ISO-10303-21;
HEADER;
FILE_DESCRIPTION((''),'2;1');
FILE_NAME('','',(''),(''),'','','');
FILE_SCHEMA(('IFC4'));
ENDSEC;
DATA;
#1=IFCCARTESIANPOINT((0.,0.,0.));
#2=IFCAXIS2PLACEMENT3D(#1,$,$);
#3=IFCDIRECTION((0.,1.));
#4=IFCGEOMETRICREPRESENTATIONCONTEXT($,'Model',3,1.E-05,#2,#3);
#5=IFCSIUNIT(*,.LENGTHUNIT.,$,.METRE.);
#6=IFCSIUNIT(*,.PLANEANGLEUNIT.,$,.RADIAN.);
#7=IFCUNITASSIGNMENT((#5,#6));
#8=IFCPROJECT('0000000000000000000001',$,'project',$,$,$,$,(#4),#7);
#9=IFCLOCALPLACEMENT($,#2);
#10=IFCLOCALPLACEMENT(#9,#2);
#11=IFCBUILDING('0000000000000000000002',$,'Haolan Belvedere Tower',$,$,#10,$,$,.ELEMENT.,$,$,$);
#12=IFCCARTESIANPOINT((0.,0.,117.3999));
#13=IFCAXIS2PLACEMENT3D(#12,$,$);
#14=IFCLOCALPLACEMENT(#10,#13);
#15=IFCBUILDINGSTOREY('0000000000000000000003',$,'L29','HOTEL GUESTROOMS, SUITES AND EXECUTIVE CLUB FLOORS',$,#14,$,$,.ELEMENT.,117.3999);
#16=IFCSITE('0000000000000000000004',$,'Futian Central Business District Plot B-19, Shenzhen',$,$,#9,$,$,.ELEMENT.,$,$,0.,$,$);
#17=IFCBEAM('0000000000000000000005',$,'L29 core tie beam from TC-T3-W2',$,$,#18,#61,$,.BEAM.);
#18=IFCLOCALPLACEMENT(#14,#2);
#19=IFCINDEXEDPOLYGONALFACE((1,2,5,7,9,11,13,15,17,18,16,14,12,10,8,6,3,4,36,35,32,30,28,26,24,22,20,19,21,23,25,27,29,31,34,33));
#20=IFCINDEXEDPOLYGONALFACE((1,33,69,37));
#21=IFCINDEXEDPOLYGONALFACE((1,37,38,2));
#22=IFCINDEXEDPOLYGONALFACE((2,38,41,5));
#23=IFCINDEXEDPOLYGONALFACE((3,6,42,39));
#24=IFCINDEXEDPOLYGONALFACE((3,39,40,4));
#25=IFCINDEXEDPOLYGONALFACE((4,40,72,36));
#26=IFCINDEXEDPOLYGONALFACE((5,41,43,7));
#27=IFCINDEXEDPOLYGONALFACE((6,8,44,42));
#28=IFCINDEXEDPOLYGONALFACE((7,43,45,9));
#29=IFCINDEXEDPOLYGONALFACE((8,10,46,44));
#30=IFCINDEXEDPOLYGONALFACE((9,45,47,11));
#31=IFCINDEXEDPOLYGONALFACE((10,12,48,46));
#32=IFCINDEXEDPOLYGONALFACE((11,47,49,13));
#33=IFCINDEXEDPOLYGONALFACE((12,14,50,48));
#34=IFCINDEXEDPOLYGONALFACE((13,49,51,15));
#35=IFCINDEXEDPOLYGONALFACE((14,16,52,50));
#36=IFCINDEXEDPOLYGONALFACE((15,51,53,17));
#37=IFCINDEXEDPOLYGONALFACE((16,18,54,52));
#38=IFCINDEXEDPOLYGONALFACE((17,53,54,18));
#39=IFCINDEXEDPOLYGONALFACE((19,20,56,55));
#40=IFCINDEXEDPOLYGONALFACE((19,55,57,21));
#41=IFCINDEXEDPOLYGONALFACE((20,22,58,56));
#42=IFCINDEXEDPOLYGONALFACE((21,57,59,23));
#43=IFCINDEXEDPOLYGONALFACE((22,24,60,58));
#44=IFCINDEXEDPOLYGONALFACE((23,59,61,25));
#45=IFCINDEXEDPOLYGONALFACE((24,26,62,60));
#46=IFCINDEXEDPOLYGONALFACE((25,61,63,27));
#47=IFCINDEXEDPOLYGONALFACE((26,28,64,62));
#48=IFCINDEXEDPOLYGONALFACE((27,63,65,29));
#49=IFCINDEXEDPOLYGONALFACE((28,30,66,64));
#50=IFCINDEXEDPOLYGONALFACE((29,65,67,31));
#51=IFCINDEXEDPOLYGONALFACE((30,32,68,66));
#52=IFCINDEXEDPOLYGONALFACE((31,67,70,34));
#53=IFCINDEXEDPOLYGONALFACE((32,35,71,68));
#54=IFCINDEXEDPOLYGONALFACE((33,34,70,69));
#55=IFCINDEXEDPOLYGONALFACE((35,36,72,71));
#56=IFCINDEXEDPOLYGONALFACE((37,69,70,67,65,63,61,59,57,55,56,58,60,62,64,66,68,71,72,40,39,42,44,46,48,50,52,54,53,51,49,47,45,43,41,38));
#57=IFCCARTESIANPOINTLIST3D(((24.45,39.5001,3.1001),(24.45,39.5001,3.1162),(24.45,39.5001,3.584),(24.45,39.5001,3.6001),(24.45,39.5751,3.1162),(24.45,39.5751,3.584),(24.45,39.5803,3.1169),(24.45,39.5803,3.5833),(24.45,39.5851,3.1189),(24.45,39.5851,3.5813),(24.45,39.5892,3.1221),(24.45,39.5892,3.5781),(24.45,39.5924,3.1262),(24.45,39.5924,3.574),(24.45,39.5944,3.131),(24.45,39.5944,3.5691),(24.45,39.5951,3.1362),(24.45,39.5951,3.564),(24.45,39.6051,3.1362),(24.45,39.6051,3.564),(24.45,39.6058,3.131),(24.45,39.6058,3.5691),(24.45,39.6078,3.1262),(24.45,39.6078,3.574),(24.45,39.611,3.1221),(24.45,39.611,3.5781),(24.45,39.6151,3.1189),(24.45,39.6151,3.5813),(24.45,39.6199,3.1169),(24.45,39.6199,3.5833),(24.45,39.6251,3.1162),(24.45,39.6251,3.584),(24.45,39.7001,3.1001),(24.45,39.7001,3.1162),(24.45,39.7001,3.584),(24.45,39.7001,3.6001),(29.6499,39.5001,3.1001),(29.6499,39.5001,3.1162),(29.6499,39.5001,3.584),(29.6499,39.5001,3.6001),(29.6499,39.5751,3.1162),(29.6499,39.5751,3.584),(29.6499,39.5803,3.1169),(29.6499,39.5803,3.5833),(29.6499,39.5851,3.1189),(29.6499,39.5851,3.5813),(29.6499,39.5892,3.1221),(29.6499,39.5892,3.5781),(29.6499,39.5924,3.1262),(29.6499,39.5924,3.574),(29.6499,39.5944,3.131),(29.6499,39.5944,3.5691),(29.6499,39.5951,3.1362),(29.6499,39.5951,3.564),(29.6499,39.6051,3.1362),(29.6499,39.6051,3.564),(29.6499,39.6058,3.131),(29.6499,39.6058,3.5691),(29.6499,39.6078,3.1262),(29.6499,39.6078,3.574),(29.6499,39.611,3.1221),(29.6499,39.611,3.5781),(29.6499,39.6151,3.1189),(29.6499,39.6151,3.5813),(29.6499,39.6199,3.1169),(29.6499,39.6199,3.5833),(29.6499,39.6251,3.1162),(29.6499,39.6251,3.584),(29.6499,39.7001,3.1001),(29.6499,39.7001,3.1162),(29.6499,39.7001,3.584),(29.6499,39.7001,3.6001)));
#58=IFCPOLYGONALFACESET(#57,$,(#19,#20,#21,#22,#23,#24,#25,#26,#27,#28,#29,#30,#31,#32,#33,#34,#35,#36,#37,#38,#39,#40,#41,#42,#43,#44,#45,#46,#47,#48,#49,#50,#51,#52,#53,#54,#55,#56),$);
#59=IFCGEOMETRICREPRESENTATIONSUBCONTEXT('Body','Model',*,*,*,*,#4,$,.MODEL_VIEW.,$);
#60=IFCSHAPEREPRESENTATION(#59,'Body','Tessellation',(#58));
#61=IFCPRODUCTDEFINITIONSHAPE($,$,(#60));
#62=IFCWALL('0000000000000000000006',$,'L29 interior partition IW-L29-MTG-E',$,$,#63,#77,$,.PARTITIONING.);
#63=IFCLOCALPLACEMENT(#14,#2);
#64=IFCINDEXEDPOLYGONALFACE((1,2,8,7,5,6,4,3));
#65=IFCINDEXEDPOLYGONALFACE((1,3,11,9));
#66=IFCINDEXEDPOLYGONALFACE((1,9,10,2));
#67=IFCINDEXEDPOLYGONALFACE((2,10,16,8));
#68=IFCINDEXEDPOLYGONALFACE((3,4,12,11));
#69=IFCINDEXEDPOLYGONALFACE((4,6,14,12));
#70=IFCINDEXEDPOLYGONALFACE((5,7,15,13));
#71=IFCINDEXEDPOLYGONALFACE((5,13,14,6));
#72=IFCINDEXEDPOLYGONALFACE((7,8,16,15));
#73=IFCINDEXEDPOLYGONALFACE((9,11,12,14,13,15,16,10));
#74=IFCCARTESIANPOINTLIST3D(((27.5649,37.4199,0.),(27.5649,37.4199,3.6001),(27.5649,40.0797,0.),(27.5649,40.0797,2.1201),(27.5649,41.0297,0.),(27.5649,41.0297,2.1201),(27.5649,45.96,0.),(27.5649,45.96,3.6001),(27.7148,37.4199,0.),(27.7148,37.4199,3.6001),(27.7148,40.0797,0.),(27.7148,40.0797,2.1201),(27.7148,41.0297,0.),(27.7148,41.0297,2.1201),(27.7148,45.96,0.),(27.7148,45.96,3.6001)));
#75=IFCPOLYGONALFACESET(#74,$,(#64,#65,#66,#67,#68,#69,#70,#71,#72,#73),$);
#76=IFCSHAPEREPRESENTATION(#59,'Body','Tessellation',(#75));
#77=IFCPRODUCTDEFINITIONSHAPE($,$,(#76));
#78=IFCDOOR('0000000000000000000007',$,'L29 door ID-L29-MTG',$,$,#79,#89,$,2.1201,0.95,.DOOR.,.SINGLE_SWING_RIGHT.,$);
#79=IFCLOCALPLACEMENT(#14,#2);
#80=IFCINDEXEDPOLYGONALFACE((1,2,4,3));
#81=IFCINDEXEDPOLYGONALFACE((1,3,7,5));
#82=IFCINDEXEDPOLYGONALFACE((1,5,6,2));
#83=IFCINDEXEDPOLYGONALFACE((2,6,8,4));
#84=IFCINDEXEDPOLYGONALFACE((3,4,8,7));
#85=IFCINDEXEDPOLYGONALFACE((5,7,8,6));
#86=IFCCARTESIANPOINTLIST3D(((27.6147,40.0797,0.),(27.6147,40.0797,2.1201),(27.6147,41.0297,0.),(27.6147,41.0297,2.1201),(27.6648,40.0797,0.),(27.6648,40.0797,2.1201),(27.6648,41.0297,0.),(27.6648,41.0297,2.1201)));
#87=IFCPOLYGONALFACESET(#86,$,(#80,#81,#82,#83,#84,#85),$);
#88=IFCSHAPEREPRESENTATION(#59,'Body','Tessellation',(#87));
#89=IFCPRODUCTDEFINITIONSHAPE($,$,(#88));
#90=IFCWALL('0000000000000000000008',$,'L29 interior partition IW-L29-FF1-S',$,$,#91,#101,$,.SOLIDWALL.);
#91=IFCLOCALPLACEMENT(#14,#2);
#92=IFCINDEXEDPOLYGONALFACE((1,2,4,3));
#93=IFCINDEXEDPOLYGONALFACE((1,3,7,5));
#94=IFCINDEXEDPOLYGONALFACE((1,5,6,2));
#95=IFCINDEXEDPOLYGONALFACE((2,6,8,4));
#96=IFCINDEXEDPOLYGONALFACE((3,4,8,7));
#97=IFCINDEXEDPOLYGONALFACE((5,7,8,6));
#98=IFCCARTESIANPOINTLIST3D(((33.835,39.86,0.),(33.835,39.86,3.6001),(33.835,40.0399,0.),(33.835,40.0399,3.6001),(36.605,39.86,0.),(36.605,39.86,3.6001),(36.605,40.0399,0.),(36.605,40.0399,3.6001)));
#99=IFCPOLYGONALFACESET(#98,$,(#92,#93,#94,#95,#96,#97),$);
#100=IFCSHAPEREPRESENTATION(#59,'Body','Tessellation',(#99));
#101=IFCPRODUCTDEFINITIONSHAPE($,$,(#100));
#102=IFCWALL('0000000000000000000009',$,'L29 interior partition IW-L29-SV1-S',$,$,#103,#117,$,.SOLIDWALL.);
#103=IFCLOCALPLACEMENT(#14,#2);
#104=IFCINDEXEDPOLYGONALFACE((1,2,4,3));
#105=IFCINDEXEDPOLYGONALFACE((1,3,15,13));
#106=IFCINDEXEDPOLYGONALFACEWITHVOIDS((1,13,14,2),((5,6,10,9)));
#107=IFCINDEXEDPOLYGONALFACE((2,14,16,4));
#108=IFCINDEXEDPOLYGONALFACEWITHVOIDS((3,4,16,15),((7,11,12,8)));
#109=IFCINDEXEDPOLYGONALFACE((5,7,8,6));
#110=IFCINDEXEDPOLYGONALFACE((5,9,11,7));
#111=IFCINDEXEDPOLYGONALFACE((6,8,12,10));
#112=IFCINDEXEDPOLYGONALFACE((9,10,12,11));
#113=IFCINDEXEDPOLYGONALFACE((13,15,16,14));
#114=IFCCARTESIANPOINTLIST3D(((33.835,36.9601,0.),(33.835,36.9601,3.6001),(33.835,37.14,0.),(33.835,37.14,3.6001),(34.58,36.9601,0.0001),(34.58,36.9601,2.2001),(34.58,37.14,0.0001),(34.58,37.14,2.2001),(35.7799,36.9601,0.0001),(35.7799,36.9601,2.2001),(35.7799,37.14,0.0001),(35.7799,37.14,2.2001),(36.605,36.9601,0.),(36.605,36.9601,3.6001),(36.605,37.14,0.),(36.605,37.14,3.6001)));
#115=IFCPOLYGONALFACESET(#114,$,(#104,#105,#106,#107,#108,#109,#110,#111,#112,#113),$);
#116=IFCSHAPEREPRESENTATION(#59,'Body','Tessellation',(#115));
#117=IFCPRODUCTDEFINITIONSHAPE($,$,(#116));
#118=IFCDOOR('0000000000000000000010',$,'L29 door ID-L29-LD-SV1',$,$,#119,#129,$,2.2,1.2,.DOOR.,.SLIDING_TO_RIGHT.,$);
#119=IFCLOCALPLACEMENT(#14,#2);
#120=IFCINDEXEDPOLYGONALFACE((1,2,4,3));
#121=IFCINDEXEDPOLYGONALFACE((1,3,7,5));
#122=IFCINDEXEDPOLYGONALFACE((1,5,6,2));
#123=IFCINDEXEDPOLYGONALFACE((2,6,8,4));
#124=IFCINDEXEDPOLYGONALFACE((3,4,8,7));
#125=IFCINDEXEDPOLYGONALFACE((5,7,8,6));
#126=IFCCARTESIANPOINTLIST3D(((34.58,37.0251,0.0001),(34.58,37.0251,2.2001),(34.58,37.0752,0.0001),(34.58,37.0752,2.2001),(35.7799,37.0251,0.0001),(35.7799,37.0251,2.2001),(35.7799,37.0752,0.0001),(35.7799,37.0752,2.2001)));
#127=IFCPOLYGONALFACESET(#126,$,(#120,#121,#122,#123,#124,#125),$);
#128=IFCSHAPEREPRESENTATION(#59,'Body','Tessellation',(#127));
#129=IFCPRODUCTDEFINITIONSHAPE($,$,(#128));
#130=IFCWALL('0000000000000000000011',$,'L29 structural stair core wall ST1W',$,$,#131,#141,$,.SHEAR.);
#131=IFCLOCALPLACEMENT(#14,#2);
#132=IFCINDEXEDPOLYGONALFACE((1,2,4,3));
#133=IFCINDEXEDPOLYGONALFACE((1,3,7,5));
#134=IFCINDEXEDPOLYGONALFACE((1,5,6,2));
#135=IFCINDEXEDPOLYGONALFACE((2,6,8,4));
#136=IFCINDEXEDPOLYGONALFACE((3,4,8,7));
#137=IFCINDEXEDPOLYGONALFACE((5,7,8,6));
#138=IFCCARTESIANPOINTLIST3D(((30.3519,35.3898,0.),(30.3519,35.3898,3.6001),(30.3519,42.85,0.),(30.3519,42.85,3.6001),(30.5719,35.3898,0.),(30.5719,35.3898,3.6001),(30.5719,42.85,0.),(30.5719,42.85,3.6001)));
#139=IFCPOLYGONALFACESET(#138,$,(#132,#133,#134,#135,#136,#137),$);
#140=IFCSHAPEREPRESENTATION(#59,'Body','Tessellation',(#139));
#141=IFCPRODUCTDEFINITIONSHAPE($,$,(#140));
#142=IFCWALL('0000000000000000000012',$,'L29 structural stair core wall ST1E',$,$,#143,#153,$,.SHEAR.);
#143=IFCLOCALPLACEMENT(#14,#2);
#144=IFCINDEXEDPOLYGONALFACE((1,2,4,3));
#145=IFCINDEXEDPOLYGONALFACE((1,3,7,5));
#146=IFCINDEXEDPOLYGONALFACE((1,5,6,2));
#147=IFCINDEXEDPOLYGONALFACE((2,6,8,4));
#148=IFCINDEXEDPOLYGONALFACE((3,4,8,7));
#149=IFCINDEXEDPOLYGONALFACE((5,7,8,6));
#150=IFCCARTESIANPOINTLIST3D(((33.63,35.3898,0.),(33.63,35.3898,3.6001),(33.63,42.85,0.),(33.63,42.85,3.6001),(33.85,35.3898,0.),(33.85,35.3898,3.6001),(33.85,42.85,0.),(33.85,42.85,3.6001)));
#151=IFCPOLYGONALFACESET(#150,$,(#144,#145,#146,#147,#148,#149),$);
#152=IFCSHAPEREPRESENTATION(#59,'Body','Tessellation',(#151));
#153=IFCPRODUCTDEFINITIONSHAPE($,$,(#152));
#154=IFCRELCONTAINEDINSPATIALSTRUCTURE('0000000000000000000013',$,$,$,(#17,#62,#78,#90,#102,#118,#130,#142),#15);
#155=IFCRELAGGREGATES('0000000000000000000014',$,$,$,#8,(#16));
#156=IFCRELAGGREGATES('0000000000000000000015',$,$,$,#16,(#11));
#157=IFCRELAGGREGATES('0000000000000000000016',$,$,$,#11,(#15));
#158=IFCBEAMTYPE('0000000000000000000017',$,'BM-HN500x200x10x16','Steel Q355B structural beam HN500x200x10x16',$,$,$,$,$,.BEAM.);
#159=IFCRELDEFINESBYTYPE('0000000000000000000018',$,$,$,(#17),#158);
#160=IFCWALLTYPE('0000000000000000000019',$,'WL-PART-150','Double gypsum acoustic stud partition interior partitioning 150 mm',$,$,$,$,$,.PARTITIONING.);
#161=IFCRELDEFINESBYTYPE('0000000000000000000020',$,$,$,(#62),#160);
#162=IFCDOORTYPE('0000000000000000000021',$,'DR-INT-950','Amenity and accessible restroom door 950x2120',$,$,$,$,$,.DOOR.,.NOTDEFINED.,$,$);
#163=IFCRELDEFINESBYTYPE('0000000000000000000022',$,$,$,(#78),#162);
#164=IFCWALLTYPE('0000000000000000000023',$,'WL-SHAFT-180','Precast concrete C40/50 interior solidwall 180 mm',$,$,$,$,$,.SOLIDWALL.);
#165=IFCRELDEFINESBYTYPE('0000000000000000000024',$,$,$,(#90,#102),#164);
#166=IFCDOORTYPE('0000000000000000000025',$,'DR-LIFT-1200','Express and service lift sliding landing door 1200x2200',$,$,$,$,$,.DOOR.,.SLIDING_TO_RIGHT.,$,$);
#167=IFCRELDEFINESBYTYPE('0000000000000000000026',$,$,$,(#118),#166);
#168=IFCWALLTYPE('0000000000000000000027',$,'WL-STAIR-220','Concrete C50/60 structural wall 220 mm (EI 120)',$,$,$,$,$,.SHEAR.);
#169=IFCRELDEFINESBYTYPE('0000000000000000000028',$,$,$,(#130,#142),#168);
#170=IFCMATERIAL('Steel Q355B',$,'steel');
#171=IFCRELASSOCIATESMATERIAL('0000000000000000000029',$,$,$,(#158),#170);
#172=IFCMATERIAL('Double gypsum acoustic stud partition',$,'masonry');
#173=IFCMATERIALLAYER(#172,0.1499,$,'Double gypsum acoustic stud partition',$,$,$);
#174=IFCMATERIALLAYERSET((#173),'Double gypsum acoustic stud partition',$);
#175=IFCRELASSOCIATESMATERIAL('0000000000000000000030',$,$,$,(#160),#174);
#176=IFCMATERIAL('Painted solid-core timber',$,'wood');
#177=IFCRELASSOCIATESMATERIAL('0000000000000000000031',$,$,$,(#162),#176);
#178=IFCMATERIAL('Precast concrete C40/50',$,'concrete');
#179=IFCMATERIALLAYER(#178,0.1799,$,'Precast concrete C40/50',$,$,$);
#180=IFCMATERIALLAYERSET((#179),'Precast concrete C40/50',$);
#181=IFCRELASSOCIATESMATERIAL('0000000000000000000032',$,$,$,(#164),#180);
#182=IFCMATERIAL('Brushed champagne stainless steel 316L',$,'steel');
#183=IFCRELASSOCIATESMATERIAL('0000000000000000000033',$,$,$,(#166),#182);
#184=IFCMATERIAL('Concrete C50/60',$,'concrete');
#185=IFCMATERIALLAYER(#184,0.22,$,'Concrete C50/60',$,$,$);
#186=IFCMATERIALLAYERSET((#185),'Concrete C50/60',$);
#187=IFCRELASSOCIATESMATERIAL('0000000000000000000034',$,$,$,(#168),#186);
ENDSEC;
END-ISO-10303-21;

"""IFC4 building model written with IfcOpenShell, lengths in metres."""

from ifc_helpers import new_model, si_unit, direction, frame, frame_2d, origin, origin_2d, place, context, subcontext, project, spatial, rectangle, i_section, extrude, material, layer, layer_set, material_profile, profile_set, type_object, element, fill, save


model = new_model("IFC4")

# Units and contexts
model_context = context("Model", 3, precision=1e-05, world=origin(), true_north=direction((0.0, 1.0)))
body_context = subcontext(model_context, "Body", "Model", "MODEL_VIEW")
ifc_project = project(units=[si_unit("LENGTHUNIT", "METRE"), si_unit("PLANEANGLEUNIT", "RADIAN")], contexts=[model_context])

# Site, building, storey
site_placement = place(None, origin())
site = spatial("IfcSite", under=ifc_project, at=site_placement, Name="Futian Central Business District Plot B-19, Shenzhen", CompositionType="ELEMENT", RefElevation=0.0)
building_placement = place(site_placement, origin())
building = spatial("IfcBuilding", under=site, at=building_placement, Name="Haolan Belvedere Tower", CompositionType="ELEMENT")
storey_placement = place(building_placement, frame((0.0, 0.0, 117.3999)))
storey = spatial("IfcBuildingStorey", under=building, at=storey_placement, Name="L29", Description="HOTEL GUESTROOMS, SUITES AND EXECUTIVE CLUB FLOORS", CompositionType="ELEMENT", Elevation=117.3999)

# Beam
ifc_material_1 = material(Name="Steel Q355B", Category="steel")
ifc_material_profile = material_profile(ifc_material_1, i_section(OverallWidth=0.2, OverallDepth=0.5, WebThickness=0.01, FlangeThickness=0.0161, FilletRadius=0.02, at=origin_2d()), Name="Steel Q355B")
ifc_profile_set = profile_set([ifc_material_profile], Name="Steel Q355B")
beam_type = type_object("IfcBeamType", Name="BM-HN500x200x10x16", Description="Steel Q355B structural beam HN500x200x10x16", PredefinedType="BEAM", material=ifc_profile_set)
beam_placement = place(storey_placement, frame((24.45, 39.6001, 3.3501), z_axis=(1.0, 0.0, 0.0), x_axis=(0.0, 1.0, 0.0)))
element("IfcBeam", 1, at=beam_placement, inside=storey, type_object=beam_type, Name="L29 core tie beam from TC-T3-W2", PredefinedType="BEAM", context=body_context, shape_type="SweptSolid", body=[
    extrude(i_section(OverallWidth=0.2, OverallDepth=0.5, WebThickness=0.01, FlangeThickness=0.0161, FilletRadius=0.02, at=origin_2d()), origin(), (0.0, 0.0, 1.0), 5.2),
])

# Wall, opening, door
ifc_material_2 = material(Name="Double gypsum acoustic stud partition", Category="masonry")
ifc_layer_1 = layer(ifc_material_2, 0.1499, Name="Double gypsum acoustic stud partition")
ifc_layer_set_1 = layer_set([ifc_layer_1], Name="Double gypsum acoustic stud partition")
wall_type_1 = type_object("IfcWallType", Name="WL-PART-150", Description="Double gypsum acoustic stud partition interior partitioning 150 mm", PredefinedType="PARTITIONING", material=ifc_layer_set_1)
wall_1_placement = place(storey_placement, frame((27.6399, 37.4199, 0.0), z_axis=(0.0, 0.0, 1.0), x_axis=(0.0, 1.0, 0.0)))
wall_1 = element("IfcWall", 2, at=wall_1_placement, inside=storey, type_object=wall_type_1, Name="L29 interior partition IW-L29-MTG-E", PredefinedType="PARTITIONING", context=body_context, shape_type="SweptSolid", body=[
    extrude(rectangle(XDim=8.54, YDim=0.1499, at=frame_2d((4.27, 0.0))), origin(), (0.0, 0.0, 1.0), 3.6001),
])
opening_1_placement = place(wall_1_placement, frame((3.6099, 0.0, 0.0), z_axis=(0.0, 0.0, 1.0), x_axis=(-1.0, 0.0, 0.0)))
opening_1 = element("IfcOpeningElement", 3, at=opening_1_placement, cuts=wall_1, PredefinedType="OPENING", context=body_context, shape_type="SweptSolid", body=[
    extrude(rectangle(XDim=0.95, YDim=2.1201, at=frame_2d((0.4751, 1.0601))), frame((0.0, 0.085, 0.0), z_axis=(0.0, -1.0, 0.0), x_axis=(1.0, 0.0, 0.0)), (0.0, 0.0, 1.0), 0.1699),
])
ifc_material_3 = material(Name="Painted solid-core timber", Category="wood")
door_type_1 = type_object("IfcDoorType", Name="DR-INT-950", Description="Amenity and accessible restroom door 950x2120", OperationType="NOTDEFINED", PredefinedType="DOOR", material=ifc_material_3)
door_1_placement = place(opening_1_placement, origin())
door_1 = element("IfcDoor", 4, at=door_1_placement, inside=storey, type_object=door_type_1, Name="L29 door ID-L29-MTG", OperationType="SINGLE_SWING_RIGHT", OverallHeight=2.1201, OverallWidth=0.95, PredefinedType="DOOR", context=body_context, shape_type="SweptSolid", body=[
    extrude(rectangle(XDim=0.95, YDim=2.1201, at=frame_2d((0.4751, 1.0601))), frame((0.0, 0.0249, 0.0), z_axis=(0.0, -1.0, 0.0), x_axis=(1.0, 0.0, 0.0)), (0.0, 0.0, 1.0), 0.05),
])
fill(opening_1, door_1)

# Wall
ifc_material_4 = material(Name="Precast concrete C40/50", Category="concrete")
ifc_layer_2 = layer(ifc_material_4, 0.1799, Name="Precast concrete C40/50")
ifc_layer_set_2 = layer_set([ifc_layer_2], Name="Precast concrete C40/50")
wall_type_2 = type_object("IfcWallType", Name="WL-SHAFT-180", Description="Precast concrete C40/50 interior solidwall 180 mm", PredefinedType="SOLIDWALL", material=ifc_layer_set_2)
wall_2_placement = place(storey_placement, frame((33.835, 39.95, 0.0), z_axis=(0.0, 0.0, 1.0), x_axis=(1.0, 0.0, 0.0)))
element("IfcWall", 5, at=wall_2_placement, inside=storey, type_object=wall_type_2, Name="L29 interior partition IW-L29-FF1-S", PredefinedType="SOLIDWALL", context=body_context, shape_type="SweptSolid", body=[
    extrude(rectangle(XDim=2.77, YDim=0.1799, at=frame_2d((1.385, 0.0))), origin(), (0.0, 0.0, 1.0), 3.6001),
])

# Wall, opening, door
wall_3_placement = place(storey_placement, frame((33.835, 37.05, 0.0), z_axis=(0.0, 0.0, 1.0), x_axis=(1.0, 0.0, 0.0)))
wall_3 = element("IfcWall", 6, at=wall_3_placement, inside=storey, type_object=wall_type_2, Name="L29 interior partition IW-L29-SV1-S", PredefinedType="SOLIDWALL", context=body_context, shape_type="SweptSolid", body=[
    extrude(rectangle(XDim=2.77, YDim=0.1799, at=frame_2d((1.385, 0.0))), origin(), (0.0, 0.0, 1.0), 3.6001),
])
opening_2_placement = place(wall_3_placement, frame((1.9451, 0.0, 0.0), z_axis=(0.0, 0.0, 1.0), x_axis=(-1.0, 0.0, 0.0)))
opening_2 = element("IfcOpeningElement", 7, at=opening_2_placement, cuts=wall_3, PredefinedType="OPENING", context=body_context, shape_type="SweptSolid", body=[
    extrude(rectangle(XDim=1.2, YDim=2.2, at=frame_2d((0.6001, 1.1001))), frame((0.0, 0.0999, 0.0), z_axis=(0.0, -1.0, 0.0), x_axis=(1.0, 0.0, 0.0)), (0.0, 0.0, 1.0), 0.2),
])
ifc_material_5 = material(Name="Brushed champagne stainless steel 316L", Category="steel")
door_type_2 = type_object("IfcDoorType", Name="DR-LIFT-1200", Description="Express and service lift sliding landing door 1200x2200", OperationType="SLIDING_TO_RIGHT", PredefinedType="DOOR", material=ifc_material_5)
door_2_placement = place(opening_2_placement, origin())
door_2 = element("IfcDoor", 8, at=door_2_placement, inside=storey, type_object=door_type_2, Name="L29 door ID-L29-LD-SV1", OperationType="SLIDING_TO_RIGHT", OverallHeight=2.2, OverallWidth=1.2, PredefinedType="DOOR", context=body_context, shape_type="SweptSolid", body=[
    extrude(rectangle(XDim=1.2, YDim=2.2, at=frame_2d((0.6001, 1.1001))), frame((0.0, 0.0249, 0.0), z_axis=(0.0, -1.0, 0.0), x_axis=(1.0, 0.0, 0.0)), (0.0, 0.0, 1.0), 0.05),
])
fill(opening_2, door_2)

# Walls
ifc_material_6 = material(Name="Concrete C50/60", Category="concrete")
ifc_layer_3 = layer(ifc_material_6, 0.22, Name="Concrete C50/60")
ifc_layer_set_3 = layer_set([ifc_layer_3], Name="Concrete C50/60")
wall_type_3 = type_object("IfcWallType", Name="WL-STAIR-220", Description="Concrete C50/60 structural wall 220 mm (EI 120)", PredefinedType="SHEAR", material=ifc_layer_set_3)
for number, where, z_axis, x_axis, name in (
    (9, (30.4619, 35.3899, 0.0), (0.0, 0.0, 1.0), (0.0, 1.0, 0.0), "L29 structural stair core wall ST1W"),
    (10, (33.74, 35.3899, 0.0), (0.0, 0.0, 1.0), (0.0, 1.0, 0.0), "L29 structural stair core wall ST1E"),
):
    element("IfcWall", number, at=place(storey_placement, frame(where, z_axis=z_axis, x_axis=x_axis)), inside=storey, type_object=wall_type_3, Name=name, PredefinedType="SHEAR", context=body_context, shape_type="SweptSolid", body=[
        extrude(rectangle(XDim=7.4602, YDim=0.22, at=frame_2d((3.73, 0.0))), origin(), (0.0, 0.0, 1.0), 3.6001),
    ])

save(model, "model.ifc")
